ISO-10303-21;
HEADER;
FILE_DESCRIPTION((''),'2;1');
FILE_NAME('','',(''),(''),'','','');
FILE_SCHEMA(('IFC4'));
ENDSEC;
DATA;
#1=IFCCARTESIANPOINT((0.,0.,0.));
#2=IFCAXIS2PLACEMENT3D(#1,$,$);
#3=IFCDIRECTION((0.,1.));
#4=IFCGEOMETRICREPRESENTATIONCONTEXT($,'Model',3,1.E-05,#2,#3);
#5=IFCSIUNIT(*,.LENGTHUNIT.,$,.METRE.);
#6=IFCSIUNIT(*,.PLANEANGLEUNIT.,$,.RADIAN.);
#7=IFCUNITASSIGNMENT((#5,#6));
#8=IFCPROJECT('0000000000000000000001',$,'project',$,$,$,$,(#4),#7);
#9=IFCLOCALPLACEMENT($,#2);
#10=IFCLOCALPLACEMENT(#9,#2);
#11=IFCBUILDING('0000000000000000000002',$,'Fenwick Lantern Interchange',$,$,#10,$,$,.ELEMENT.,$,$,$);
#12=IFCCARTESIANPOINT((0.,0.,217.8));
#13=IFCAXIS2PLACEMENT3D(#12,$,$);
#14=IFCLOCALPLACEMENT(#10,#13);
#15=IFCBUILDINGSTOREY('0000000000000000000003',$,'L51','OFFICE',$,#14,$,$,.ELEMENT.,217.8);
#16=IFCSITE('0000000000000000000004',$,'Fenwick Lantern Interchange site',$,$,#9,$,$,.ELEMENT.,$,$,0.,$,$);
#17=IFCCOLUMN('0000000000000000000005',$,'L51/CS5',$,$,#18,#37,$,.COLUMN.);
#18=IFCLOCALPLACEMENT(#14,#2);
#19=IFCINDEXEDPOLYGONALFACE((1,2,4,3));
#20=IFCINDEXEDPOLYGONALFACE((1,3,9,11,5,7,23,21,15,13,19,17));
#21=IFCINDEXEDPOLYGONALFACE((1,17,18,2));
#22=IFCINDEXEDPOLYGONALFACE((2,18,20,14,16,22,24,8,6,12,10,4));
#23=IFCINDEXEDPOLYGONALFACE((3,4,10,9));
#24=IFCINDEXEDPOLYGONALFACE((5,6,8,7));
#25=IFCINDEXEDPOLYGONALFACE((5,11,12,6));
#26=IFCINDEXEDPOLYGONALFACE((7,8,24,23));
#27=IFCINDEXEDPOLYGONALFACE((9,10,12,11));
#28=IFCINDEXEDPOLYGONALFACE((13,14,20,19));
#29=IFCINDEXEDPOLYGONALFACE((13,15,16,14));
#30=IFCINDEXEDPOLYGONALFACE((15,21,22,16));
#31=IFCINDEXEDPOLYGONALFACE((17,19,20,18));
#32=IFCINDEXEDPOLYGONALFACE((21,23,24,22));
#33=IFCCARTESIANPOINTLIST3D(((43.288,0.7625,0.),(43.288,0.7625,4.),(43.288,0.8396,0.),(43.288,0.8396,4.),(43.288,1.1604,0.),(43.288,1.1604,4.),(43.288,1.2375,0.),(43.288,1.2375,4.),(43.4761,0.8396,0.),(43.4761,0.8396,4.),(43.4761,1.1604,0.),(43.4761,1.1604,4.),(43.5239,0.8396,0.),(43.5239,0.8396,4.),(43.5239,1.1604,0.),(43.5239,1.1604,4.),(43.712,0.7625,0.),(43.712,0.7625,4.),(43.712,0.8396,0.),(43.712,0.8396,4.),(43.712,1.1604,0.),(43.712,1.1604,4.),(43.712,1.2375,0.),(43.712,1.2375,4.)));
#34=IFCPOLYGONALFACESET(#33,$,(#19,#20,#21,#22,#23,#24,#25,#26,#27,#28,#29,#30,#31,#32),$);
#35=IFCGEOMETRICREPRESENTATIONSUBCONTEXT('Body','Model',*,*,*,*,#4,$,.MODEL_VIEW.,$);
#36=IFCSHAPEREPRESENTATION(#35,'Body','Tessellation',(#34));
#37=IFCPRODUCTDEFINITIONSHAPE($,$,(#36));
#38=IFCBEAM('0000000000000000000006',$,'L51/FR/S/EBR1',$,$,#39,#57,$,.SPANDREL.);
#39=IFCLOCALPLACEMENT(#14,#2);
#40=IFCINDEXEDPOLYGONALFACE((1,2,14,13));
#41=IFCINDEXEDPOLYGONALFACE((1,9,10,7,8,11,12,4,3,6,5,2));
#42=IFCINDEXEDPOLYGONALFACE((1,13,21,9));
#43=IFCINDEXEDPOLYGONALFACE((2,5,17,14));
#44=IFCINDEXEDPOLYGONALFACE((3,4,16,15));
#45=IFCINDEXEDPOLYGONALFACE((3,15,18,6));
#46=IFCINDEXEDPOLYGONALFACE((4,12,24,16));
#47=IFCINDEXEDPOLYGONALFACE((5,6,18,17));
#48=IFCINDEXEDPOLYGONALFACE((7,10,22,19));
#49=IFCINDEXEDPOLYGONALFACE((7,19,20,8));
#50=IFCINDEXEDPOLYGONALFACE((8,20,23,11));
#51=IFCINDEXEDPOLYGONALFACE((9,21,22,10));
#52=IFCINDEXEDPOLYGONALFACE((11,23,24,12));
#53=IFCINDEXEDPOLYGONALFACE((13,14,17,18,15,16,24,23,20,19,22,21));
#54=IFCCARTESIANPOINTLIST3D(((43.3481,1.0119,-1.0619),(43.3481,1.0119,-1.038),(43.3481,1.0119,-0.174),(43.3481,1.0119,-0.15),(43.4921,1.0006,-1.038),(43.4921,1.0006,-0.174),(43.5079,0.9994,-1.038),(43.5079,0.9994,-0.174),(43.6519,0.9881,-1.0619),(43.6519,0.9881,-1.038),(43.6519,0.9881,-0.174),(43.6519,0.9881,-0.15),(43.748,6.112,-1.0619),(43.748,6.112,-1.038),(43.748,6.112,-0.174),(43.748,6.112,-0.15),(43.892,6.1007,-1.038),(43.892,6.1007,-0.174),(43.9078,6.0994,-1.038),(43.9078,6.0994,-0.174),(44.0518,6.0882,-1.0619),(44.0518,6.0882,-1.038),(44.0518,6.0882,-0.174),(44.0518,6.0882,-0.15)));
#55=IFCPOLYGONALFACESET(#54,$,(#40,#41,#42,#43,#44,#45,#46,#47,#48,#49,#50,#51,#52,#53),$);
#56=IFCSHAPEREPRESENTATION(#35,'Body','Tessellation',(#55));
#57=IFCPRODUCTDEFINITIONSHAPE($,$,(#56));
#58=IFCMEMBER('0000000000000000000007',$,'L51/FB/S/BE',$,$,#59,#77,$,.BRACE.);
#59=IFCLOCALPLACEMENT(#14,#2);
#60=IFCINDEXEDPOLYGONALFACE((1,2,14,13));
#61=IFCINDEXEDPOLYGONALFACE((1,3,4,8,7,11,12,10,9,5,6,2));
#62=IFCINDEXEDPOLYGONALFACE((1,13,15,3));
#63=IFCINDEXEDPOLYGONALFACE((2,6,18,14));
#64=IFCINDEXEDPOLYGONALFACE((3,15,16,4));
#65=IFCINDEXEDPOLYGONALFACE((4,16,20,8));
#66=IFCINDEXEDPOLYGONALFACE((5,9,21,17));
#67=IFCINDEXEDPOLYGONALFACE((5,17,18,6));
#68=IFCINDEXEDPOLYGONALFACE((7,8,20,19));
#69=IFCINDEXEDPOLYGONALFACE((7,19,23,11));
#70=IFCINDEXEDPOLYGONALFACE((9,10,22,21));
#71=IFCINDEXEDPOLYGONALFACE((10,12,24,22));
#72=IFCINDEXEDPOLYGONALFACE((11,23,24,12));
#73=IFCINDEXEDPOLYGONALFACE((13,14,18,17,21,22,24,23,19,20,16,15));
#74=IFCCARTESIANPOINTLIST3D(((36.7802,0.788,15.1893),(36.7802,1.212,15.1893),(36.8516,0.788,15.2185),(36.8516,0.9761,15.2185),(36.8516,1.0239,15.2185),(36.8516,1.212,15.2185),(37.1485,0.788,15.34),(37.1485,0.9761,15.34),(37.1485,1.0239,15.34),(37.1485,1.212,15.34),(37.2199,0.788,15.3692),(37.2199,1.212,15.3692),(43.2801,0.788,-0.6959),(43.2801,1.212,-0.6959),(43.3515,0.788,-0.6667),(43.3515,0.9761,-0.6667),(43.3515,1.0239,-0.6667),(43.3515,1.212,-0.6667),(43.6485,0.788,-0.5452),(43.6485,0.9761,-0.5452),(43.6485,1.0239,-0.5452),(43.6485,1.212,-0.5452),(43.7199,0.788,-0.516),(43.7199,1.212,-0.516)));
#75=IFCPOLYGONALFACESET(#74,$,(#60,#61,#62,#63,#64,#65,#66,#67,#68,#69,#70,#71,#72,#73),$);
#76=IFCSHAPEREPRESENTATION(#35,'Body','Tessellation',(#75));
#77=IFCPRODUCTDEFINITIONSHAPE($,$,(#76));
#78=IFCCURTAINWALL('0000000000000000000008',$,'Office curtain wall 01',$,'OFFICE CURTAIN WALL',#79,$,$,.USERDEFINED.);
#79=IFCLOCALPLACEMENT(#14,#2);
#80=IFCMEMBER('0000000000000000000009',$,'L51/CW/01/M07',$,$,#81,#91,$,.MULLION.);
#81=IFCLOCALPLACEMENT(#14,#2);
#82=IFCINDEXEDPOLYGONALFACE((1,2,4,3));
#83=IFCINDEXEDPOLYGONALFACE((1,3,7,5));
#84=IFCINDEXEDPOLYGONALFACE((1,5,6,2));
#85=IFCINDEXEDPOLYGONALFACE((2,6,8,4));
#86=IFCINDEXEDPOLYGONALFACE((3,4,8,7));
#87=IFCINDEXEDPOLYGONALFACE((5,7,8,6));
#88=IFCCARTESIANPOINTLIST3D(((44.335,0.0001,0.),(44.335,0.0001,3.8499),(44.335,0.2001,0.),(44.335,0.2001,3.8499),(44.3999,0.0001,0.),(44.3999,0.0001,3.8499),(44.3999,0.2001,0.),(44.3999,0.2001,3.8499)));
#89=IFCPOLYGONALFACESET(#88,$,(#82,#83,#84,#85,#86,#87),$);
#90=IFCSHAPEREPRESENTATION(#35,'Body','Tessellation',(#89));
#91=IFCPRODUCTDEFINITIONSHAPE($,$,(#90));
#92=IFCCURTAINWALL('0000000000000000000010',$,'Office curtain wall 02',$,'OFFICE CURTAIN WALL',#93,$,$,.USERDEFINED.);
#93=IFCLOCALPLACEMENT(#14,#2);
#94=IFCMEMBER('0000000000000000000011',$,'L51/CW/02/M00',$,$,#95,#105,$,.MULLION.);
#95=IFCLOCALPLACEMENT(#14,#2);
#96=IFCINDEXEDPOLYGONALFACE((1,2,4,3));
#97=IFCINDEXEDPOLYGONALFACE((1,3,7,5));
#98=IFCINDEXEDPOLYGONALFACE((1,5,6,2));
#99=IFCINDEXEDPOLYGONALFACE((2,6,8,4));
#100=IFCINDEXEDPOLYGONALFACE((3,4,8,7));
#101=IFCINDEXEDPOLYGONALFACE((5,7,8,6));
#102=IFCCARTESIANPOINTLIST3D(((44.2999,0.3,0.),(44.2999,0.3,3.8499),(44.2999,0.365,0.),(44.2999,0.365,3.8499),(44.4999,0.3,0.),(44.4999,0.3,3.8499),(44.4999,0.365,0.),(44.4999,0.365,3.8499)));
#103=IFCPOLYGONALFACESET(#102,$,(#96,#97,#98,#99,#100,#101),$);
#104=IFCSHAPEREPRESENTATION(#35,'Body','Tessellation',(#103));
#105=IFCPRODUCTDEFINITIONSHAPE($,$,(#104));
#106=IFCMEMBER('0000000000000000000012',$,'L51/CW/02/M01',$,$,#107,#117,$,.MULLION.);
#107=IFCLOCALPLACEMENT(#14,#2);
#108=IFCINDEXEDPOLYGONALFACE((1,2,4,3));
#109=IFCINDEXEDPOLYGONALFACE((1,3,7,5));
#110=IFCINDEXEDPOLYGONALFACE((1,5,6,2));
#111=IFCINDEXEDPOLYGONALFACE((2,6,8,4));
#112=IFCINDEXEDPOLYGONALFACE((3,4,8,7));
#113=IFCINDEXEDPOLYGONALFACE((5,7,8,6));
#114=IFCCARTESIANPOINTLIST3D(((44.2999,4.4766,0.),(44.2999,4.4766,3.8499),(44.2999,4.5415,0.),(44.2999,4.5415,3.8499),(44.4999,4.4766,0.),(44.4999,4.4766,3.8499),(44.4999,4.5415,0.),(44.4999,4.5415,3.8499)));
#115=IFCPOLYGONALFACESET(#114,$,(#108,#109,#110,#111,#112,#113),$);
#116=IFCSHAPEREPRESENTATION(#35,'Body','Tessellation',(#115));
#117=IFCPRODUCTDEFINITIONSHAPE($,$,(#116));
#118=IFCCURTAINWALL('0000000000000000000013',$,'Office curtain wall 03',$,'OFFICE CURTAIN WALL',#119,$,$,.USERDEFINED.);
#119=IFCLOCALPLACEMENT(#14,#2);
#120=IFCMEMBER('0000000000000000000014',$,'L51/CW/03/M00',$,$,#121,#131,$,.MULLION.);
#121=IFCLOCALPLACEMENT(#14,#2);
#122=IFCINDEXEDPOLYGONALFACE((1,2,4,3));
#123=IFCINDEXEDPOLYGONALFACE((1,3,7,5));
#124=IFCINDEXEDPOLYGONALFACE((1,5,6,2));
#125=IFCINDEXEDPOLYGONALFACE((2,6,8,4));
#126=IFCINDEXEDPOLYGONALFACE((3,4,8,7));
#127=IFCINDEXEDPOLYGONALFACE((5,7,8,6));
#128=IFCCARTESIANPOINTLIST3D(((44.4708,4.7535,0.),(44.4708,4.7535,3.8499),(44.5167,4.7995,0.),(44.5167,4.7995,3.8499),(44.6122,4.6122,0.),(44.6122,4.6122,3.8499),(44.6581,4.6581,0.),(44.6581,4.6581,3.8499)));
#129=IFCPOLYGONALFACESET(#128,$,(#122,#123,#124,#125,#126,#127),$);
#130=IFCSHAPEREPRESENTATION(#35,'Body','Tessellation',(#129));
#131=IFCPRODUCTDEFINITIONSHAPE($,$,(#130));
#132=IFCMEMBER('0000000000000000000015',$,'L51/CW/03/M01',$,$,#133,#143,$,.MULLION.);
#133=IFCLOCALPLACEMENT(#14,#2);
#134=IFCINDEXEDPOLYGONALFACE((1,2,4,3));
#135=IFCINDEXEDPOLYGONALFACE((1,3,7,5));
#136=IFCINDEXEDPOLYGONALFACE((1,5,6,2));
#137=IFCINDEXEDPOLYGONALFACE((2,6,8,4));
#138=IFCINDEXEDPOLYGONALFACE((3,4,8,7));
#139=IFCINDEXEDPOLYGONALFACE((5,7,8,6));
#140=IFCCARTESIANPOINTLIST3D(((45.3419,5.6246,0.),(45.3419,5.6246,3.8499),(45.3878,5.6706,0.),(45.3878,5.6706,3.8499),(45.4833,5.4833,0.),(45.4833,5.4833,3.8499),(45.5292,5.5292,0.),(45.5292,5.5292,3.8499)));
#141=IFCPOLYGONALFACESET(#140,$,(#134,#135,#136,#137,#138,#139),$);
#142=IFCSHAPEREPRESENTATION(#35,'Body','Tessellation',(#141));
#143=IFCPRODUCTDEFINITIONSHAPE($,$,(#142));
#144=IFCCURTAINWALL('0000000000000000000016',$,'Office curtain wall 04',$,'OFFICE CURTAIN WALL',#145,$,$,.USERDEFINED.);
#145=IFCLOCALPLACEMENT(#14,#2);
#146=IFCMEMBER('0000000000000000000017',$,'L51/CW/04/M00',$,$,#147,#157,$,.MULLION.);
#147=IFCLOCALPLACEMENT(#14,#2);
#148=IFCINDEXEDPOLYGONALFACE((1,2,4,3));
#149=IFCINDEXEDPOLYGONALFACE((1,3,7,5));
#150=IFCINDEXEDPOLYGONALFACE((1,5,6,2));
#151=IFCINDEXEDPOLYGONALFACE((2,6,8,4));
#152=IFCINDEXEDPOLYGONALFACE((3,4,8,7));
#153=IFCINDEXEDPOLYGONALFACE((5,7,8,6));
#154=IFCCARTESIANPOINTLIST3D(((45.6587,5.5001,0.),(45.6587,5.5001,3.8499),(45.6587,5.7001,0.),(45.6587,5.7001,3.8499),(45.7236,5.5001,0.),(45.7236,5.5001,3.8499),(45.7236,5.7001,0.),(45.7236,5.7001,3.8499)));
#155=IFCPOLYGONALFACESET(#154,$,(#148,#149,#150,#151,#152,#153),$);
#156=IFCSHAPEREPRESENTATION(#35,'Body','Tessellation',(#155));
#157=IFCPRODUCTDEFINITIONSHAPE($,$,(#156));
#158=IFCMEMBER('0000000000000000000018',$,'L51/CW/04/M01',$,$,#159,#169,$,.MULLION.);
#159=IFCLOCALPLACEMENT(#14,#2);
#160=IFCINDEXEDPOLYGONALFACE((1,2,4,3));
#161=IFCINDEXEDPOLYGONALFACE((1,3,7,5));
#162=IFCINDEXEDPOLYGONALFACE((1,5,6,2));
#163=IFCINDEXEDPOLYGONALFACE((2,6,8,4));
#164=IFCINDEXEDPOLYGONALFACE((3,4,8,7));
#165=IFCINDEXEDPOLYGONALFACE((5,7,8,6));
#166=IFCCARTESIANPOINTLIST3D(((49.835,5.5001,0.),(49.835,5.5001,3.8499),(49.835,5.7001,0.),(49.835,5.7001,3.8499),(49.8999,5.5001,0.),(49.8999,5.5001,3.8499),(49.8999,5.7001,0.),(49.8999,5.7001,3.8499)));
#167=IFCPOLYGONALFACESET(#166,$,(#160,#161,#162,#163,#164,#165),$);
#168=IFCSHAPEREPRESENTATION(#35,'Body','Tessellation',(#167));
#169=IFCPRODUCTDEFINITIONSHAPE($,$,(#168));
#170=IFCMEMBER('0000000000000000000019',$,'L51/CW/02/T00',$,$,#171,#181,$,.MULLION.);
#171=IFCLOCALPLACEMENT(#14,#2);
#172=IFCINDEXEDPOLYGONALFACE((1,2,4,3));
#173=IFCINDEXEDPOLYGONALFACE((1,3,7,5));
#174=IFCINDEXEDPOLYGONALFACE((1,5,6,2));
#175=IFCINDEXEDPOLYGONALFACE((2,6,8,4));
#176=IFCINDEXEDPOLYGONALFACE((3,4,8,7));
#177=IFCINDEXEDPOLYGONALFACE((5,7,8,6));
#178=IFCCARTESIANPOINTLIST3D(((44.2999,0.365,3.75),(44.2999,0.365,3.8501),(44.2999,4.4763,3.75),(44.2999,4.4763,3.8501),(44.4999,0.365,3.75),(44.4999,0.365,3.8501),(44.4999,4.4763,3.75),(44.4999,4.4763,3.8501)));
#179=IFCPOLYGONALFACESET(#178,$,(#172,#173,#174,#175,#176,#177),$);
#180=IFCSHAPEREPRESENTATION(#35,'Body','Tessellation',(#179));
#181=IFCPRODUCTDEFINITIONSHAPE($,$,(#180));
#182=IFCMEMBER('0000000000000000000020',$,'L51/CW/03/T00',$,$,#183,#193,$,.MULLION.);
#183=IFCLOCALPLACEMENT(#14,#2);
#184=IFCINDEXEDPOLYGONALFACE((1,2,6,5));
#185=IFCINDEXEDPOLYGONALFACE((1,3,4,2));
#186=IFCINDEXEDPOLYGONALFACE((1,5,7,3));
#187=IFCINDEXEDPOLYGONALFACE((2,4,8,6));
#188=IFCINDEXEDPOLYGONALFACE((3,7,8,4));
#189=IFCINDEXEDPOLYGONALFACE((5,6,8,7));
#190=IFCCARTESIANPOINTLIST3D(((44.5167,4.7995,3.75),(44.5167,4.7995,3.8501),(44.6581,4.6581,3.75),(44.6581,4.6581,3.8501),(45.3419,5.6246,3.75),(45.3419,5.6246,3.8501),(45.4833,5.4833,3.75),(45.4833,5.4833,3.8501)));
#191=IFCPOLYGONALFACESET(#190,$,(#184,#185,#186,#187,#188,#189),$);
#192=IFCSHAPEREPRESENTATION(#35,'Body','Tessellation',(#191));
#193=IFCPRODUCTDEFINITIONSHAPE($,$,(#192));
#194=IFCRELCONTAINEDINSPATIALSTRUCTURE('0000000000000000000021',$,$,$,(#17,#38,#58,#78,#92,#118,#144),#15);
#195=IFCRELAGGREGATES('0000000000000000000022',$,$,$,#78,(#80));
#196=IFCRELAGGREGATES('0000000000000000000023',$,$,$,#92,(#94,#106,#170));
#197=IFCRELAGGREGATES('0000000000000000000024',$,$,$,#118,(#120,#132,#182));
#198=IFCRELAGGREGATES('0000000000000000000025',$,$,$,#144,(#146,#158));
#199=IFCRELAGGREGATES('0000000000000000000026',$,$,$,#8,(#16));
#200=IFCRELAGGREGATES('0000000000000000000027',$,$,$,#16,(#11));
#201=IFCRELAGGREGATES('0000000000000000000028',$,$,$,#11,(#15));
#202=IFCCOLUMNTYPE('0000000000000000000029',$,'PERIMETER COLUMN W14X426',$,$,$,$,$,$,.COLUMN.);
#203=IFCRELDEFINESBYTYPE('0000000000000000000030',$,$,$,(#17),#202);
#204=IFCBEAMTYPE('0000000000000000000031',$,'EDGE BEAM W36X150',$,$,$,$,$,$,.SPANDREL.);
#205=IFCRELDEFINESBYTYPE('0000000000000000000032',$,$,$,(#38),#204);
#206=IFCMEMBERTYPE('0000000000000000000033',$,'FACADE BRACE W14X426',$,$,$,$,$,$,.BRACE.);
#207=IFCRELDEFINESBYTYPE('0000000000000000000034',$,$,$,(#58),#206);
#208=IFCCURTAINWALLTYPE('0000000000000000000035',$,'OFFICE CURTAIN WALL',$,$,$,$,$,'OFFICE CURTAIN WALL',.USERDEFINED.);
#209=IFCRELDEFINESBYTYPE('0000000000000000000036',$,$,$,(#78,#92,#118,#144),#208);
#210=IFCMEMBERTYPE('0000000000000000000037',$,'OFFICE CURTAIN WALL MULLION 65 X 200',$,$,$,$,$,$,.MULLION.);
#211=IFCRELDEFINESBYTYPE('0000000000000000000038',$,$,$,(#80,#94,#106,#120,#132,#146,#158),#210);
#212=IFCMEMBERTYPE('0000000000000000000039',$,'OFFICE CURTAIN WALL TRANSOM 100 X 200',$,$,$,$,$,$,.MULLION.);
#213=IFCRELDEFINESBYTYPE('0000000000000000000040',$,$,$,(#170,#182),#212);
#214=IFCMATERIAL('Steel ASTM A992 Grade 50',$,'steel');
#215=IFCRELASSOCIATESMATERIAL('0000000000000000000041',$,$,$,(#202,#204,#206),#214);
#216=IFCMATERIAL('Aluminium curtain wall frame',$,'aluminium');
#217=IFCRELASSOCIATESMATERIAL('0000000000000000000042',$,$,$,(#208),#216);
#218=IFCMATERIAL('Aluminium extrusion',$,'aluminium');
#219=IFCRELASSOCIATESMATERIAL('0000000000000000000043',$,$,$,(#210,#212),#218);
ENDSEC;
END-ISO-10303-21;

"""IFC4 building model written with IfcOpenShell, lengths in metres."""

from ifc_helpers import new_model, si_unit, direction, frame, origin, origin_2d, place, context, subcontext, project, spatial, rectangle, i_section, extrude, material, material_profile, profile_set, type_object, element, aggregate, save


model = new_model("IFC4")

# Units and contexts
model_context = context("Model", 3, precision=1e-05, world=origin(), true_north=direction((0.0, 1.0)))
body_context = subcontext(model_context, "Body", "Model", "MODEL_VIEW")
ifc_project = project(units=[si_unit("LENGTHUNIT", "METRE"), si_unit("PLANEANGLEUNIT", "RADIAN")], contexts=[model_context])

# Site, building, storey
site_placement = place(None, origin())
site = spatial("IfcSite", under=ifc_project, at=site_placement, Name="Fenwick Lantern Interchange site", CompositionType="ELEMENT", RefElevation=0.0)
building_placement = place(site_placement, origin())
building = spatial("IfcBuilding", under=site, at=building_placement, Name="Fenwick Lantern Interchange", CompositionType="ELEMENT")
storey_placement = place(building_placement, frame((0.0, 0.0, 217.8)))
storey = spatial("IfcBuildingStorey", under=building, at=storey_placement, Name="L51", Description="OFFICE", CompositionType="ELEMENT", Elevation=217.8)

# Column
ifc_material_1 = material(Name="Steel ASTM A992 Grade 50", Category="steel")
ifc_material_profile_1 = material_profile(ifc_material_1, i_section(OverallWidth=0.4241, OverallDepth=0.4751, WebThickness=0.0479, FlangeThickness=0.0771, at=origin_2d()), Name="W14X426")
ifc_profile_set_1 = profile_set([ifc_material_profile_1], Name="Steel ASTM A992 Grade 50")
column_type = type_object("IfcColumnType", Name="PERIMETER COLUMN W14X426", PredefinedType="COLUMN", material=ifc_profile_set_1)
column_placement = place(storey_placement, frame((43.5, 1.0, 0.0), z_axis=(0.0, 0.0, 1.0), x_axis=(1.0, 0.0, 0.0)))
element("IfcColumn", 1, at=column_placement, inside=storey, type_object=column_type, Name="L51/CS5", PredefinedType="COLUMN", context=body_context, shape_type="SweptSolid", body=[
    extrude(i_section(OverallWidth=0.4241, OverallDepth=0.4751, WebThickness=0.0479, FlangeThickness=0.0771, at=origin_2d()), origin(), (0.0, 0.0, 1.0), 4.0),
])

# Beam
ifc_material_profile_2 = material_profile(ifc_material_1, i_section(OverallWidth=0.3047, OverallDepth=0.9119, WebThickness=0.0159, FlangeThickness=0.0239, at=origin_2d()), Name="W36X150")
ifc_profile_set_2 = profile_set([ifc_material_profile_2], Name="Steel ASTM A992 Grade 50")
beam_type = type_object("IfcBeamType", Name="EDGE BEAM W36X150", PredefinedType="SPANDREL", material=ifc_profile_set_2)
beam_placement = place(storey_placement, frame((43.5, 1.0, -0.606), z_axis=(0.078171, 0.99694, 0.0), x_axis=(-0.99694, 0.078171, 0.0)))
element("IfcBeam", 2, at=beam_placement, inside=storey, type_object=beam_type, Name="L51/FR/S/EBR1", PredefinedType="SPANDREL", context=body_context, shape_type="SweptSolid", body=[
    extrude(i_section(OverallWidth=0.3047, OverallDepth=0.9119, WebThickness=0.0159, FlangeThickness=0.0239, at=origin_2d()), origin(), (0.0, 0.0, 1.0), 5.1157),
])

# Member
ifc_material_profile_3 = material_profile(ifc_material_1, i_section(OverallWidth=0.4241, OverallDepth=0.4751, WebThickness=0.0479, FlangeThickness=0.0771, at=origin_2d()), Name="W14X426")
ifc_profile_set_3 = profile_set([ifc_material_profile_3], Name="Steel ASTM A992 Grade 50")
member_type_1 = type_object("IfcMemberType", Name="FACADE BRACE W14X426", PredefinedType="BRACE", material=ifc_profile_set_3)
member_1_placement = place(storey_placement, frame((43.5, 1.0, -0.606), z_axis=(-0.378707, 0.0, 0.925517), x_axis=(0.0, -1.0, 0.0)))
element("IfcMember", 3, at=member_1_placement, inside=storey, type_object=member_type_1, Name="L51/FB/S/BE", PredefinedType="BRACE", context=body_context, shape_type="SweptSolid", body=[
    extrude(i_section(OverallWidth=0.4241, OverallDepth=0.4751, WebThickness=0.0479, FlangeThickness=0.0771, at=origin_2d()), origin(), (0.0, 0.0, 1.0), 17.1636),
])

# Curtain wall, member
ifc_material_2 = material(Name="Aluminium curtain wall frame", Category="aluminium")
curtain_wall_type = type_object("IfcCurtainWallType", Name="OFFICE CURTAIN WALL", ElementType="OFFICE CURTAIN WALL", PredefinedType="USERDEFINED", material=ifc_material_2)
curtain_wall_1_placement = place(storey_placement, origin())
curtain_wall_1 = element("IfcCurtainWall", 4, at=curtain_wall_1_placement, inside=storey, type_object=curtain_wall_type, Name="Office curtain wall 01", ObjectType="OFFICE CURTAIN WALL", PredefinedType="USERDEFINED")
ifc_material_3 = material(Name="Aluminium extrusion", Category="aluminium")
ifc_material_profile_4 = material_profile(ifc_material_3, rectangle(XDim=0.2, YDim=0.0649, at=origin_2d()), Name="OFFICE CURTAIN WALL MULLION 65 X 200")
ifc_profile_set_4 = profile_set([ifc_material_profile_4], Name="Aluminium extrusion")
member_type_2 = type_object("IfcMemberType", Name="OFFICE CURTAIN WALL MULLION 65 X 200", PredefinedType="MULLION", material=ifc_profile_set_4)
member_2_placement = place(storey_placement, frame((44.3674, 0.1001, 0.0), z_axis=(0.0, 0.0, 1.0), x_axis=(0.0, 1.0, 0.0)))
member_2 = element("IfcMember", 5, at=member_2_placement, type_object=member_type_2, Name="L51/CW/01/M07", PredefinedType="MULLION", context=body_context, shape_type="SweptSolid", body=[
    extrude(rectangle(XDim=0.2, YDim=0.0649, at=origin_2d()), origin(), (0.0, 0.0, 1.0), 3.8499),
])
aggregate(curtain_wall_1, [member_2])

# Curtain walls, members
curtain_wall_2_placement = place(storey_placement, origin())
curtain_wall_2 = element("IfcCurtainWall", 6, at=curtain_wall_2_placement, inside=storey, type_object=curtain_wall_type, Name="Office curtain wall 02", ObjectType="OFFICE CURTAIN WALL", PredefinedType="USERDEFINED")
member_3_placement = place(storey_placement, frame((44.3999, 0.3325, 0.0), z_axis=(0.0, 0.0, 1.0), x_axis=(-1.0, 0.0, 0.0)))
member_3 = element("IfcMember", 7, at=member_3_placement, type_object=member_type_2, Name="L51/CW/02/M00", PredefinedType="MULLION", context=body_context, shape_type="SweptSolid", body=[
    extrude(rectangle(XDim=0.2, YDim=0.0649, at=origin_2d()), origin(), (0.0, 0.0, 1.0), 3.8499),
])
member_4_placement = place(storey_placement, frame((44.3999, 4.509, 0.0), z_axis=(0.0, 0.0, 1.0), x_axis=(-1.0, 0.0, 0.0)))
member_4 = element("IfcMember", 8, at=member_4_placement, type_object=member_type_2, Name="L51/CW/02/M01", PredefinedType="MULLION", context=body_context, shape_type="SweptSolid", body=[
    extrude(rectangle(XDim=0.2, YDim=0.0649, at=origin_2d()), origin(), (0.0, 0.0, 1.0), 3.8499),
])
curtain_wall_3_placement = place(storey_placement, origin())
curtain_wall_3 = element("IfcCurtainWall", 9, at=curtain_wall_3_placement, inside=storey, type_object=curtain_wall_type, Name="Office curtain wall 03", ObjectType="OFFICE CURTAIN WALL", PredefinedType="USERDEFINED")
member_5_placement = place(storey_placement, frame((44.5645, 4.7058, 0.0), z_axis=(0.0, 0.0, 1.0), x_axis=(-0.707107, 0.707107, 0.0)))
member_5 = element("IfcMember", 10, at=member_5_placement, type_object=member_type_2, Name="L51/CW/03/M00", PredefinedType="MULLION", context=body_context, shape_type="SweptSolid", body=[
    extrude(rectangle(XDim=0.2, YDim=0.0649, at=origin_2d()), origin(), (0.0, 0.0, 1.0), 3.8499),
])
member_6_placement = place(storey_placement, frame((45.4355, 5.5769, 0.0), z_axis=(0.0, 0.0, 1.0), x_axis=(-0.707107, 0.707107, 0.0)))
member_6 = element("IfcMember", 11, at=member_6_placement, type_object=member_type_2, Name="L51/CW/03/M01", PredefinedType="MULLION", context=body_context, shape_type="SweptSolid", body=[
    extrude(rectangle(XDim=0.2, YDim=0.0649, at=origin_2d()), origin(), (0.0, 0.0, 1.0), 3.8499),
])
curtain_wall_4_placement = place(storey_placement, origin())
curtain_wall_4 = element("IfcCurtainWall", 12, at=curtain_wall_4_placement, inside=storey, type_object=curtain_wall_type, Name="Office curtain wall 04", ObjectType="OFFICE CURTAIN WALL", PredefinedType="USERDEFINED")
member_7_placement = place(storey_placement, frame((45.6912, 5.6001, 0.0), z_axis=(0.0, 0.0, 1.0), x_axis=(0.0, 1.0, 0.0)))
member_7 = element("IfcMember", 13, at=member_7_placement, type_object=member_type_2, Name="L51/CW/04/M00", PredefinedType="MULLION", context=body_context, shape_type="SweptSolid", body=[
    extrude(rectangle(XDim=0.2, YDim=0.0649, at=origin_2d()), origin(), (0.0, 0.0, 1.0), 3.8499),
])
member_8_placement = place(storey_placement, frame((49.8674, 5.6001, 0.0), z_axis=(0.0, 0.0, 1.0), x_axis=(0.0, 1.0, 0.0)))
member_8 = element("IfcMember", 14, at=member_8_placement, type_object=member_type_2, Name="L51/CW/04/M01", PredefinedType="MULLION", context=body_context, shape_type="SweptSolid", body=[
    extrude(rectangle(XDim=0.2, YDim=0.0649, at=origin_2d()), origin(), (0.0, 0.0, 1.0), 3.8499),
])

# Members
ifc_material_profile_5 = material_profile(ifc_material_3, rectangle(XDim=0.2, YDim=0.1001, at=origin_2d()), Name="OFFICE CURTAIN WALL TRANSOM 100 X 200")
ifc_profile_set_5 = profile_set([ifc_material_profile_5], Name="Aluminium extrusion")
member_type_3 = type_object("IfcMemberType", Name="OFFICE CURTAIN WALL TRANSOM 100 X 200", PredefinedType="MULLION", material=ifc_profile_set_5)
member_9_placement = place(storey_placement, frame((44.3999, 0.365, 3.8), z_axis=(0.0, 1.0, 0.0), x_axis=(-1.0, 0.0, 0.0)))
member_9 = element("IfcMember", 15, at=member_9_placement, type_object=member_type_3, Name="L51/CW/02/T00", PredefinedType="MULLION", context=body_context, shape_type="SweptSolid", body=[
    extrude(rectangle(XDim=0.2, YDim=0.1001, at=origin_2d()), origin(), (0.0, 0.0, 1.0), 4.1113),
])
member_10_placement = place(storey_placement, frame((44.5874, 4.7288, 3.8), z_axis=(0.707107, 0.707107, 0.0), x_axis=(-0.707107, 0.707107, 0.0)))
member_10 = element("IfcMember", 16, at=member_10_placement, type_object=member_type_3, Name="L51/CW/03/T00", PredefinedType="MULLION", context=body_context, shape_type="SweptSolid", body=[
    extrude(rectangle(XDim=0.2, YDim=0.1001, at=origin_2d()), origin(), (0.0, 0.0, 1.0), 1.167),
])

aggregate(curtain_wall_2, [member_3, member_4, member_9])
aggregate(curtain_wall_3, [member_5, member_6, member_10])
aggregate(curtain_wall_4, [member_7, member_8])

save(model, "model.ifc")
